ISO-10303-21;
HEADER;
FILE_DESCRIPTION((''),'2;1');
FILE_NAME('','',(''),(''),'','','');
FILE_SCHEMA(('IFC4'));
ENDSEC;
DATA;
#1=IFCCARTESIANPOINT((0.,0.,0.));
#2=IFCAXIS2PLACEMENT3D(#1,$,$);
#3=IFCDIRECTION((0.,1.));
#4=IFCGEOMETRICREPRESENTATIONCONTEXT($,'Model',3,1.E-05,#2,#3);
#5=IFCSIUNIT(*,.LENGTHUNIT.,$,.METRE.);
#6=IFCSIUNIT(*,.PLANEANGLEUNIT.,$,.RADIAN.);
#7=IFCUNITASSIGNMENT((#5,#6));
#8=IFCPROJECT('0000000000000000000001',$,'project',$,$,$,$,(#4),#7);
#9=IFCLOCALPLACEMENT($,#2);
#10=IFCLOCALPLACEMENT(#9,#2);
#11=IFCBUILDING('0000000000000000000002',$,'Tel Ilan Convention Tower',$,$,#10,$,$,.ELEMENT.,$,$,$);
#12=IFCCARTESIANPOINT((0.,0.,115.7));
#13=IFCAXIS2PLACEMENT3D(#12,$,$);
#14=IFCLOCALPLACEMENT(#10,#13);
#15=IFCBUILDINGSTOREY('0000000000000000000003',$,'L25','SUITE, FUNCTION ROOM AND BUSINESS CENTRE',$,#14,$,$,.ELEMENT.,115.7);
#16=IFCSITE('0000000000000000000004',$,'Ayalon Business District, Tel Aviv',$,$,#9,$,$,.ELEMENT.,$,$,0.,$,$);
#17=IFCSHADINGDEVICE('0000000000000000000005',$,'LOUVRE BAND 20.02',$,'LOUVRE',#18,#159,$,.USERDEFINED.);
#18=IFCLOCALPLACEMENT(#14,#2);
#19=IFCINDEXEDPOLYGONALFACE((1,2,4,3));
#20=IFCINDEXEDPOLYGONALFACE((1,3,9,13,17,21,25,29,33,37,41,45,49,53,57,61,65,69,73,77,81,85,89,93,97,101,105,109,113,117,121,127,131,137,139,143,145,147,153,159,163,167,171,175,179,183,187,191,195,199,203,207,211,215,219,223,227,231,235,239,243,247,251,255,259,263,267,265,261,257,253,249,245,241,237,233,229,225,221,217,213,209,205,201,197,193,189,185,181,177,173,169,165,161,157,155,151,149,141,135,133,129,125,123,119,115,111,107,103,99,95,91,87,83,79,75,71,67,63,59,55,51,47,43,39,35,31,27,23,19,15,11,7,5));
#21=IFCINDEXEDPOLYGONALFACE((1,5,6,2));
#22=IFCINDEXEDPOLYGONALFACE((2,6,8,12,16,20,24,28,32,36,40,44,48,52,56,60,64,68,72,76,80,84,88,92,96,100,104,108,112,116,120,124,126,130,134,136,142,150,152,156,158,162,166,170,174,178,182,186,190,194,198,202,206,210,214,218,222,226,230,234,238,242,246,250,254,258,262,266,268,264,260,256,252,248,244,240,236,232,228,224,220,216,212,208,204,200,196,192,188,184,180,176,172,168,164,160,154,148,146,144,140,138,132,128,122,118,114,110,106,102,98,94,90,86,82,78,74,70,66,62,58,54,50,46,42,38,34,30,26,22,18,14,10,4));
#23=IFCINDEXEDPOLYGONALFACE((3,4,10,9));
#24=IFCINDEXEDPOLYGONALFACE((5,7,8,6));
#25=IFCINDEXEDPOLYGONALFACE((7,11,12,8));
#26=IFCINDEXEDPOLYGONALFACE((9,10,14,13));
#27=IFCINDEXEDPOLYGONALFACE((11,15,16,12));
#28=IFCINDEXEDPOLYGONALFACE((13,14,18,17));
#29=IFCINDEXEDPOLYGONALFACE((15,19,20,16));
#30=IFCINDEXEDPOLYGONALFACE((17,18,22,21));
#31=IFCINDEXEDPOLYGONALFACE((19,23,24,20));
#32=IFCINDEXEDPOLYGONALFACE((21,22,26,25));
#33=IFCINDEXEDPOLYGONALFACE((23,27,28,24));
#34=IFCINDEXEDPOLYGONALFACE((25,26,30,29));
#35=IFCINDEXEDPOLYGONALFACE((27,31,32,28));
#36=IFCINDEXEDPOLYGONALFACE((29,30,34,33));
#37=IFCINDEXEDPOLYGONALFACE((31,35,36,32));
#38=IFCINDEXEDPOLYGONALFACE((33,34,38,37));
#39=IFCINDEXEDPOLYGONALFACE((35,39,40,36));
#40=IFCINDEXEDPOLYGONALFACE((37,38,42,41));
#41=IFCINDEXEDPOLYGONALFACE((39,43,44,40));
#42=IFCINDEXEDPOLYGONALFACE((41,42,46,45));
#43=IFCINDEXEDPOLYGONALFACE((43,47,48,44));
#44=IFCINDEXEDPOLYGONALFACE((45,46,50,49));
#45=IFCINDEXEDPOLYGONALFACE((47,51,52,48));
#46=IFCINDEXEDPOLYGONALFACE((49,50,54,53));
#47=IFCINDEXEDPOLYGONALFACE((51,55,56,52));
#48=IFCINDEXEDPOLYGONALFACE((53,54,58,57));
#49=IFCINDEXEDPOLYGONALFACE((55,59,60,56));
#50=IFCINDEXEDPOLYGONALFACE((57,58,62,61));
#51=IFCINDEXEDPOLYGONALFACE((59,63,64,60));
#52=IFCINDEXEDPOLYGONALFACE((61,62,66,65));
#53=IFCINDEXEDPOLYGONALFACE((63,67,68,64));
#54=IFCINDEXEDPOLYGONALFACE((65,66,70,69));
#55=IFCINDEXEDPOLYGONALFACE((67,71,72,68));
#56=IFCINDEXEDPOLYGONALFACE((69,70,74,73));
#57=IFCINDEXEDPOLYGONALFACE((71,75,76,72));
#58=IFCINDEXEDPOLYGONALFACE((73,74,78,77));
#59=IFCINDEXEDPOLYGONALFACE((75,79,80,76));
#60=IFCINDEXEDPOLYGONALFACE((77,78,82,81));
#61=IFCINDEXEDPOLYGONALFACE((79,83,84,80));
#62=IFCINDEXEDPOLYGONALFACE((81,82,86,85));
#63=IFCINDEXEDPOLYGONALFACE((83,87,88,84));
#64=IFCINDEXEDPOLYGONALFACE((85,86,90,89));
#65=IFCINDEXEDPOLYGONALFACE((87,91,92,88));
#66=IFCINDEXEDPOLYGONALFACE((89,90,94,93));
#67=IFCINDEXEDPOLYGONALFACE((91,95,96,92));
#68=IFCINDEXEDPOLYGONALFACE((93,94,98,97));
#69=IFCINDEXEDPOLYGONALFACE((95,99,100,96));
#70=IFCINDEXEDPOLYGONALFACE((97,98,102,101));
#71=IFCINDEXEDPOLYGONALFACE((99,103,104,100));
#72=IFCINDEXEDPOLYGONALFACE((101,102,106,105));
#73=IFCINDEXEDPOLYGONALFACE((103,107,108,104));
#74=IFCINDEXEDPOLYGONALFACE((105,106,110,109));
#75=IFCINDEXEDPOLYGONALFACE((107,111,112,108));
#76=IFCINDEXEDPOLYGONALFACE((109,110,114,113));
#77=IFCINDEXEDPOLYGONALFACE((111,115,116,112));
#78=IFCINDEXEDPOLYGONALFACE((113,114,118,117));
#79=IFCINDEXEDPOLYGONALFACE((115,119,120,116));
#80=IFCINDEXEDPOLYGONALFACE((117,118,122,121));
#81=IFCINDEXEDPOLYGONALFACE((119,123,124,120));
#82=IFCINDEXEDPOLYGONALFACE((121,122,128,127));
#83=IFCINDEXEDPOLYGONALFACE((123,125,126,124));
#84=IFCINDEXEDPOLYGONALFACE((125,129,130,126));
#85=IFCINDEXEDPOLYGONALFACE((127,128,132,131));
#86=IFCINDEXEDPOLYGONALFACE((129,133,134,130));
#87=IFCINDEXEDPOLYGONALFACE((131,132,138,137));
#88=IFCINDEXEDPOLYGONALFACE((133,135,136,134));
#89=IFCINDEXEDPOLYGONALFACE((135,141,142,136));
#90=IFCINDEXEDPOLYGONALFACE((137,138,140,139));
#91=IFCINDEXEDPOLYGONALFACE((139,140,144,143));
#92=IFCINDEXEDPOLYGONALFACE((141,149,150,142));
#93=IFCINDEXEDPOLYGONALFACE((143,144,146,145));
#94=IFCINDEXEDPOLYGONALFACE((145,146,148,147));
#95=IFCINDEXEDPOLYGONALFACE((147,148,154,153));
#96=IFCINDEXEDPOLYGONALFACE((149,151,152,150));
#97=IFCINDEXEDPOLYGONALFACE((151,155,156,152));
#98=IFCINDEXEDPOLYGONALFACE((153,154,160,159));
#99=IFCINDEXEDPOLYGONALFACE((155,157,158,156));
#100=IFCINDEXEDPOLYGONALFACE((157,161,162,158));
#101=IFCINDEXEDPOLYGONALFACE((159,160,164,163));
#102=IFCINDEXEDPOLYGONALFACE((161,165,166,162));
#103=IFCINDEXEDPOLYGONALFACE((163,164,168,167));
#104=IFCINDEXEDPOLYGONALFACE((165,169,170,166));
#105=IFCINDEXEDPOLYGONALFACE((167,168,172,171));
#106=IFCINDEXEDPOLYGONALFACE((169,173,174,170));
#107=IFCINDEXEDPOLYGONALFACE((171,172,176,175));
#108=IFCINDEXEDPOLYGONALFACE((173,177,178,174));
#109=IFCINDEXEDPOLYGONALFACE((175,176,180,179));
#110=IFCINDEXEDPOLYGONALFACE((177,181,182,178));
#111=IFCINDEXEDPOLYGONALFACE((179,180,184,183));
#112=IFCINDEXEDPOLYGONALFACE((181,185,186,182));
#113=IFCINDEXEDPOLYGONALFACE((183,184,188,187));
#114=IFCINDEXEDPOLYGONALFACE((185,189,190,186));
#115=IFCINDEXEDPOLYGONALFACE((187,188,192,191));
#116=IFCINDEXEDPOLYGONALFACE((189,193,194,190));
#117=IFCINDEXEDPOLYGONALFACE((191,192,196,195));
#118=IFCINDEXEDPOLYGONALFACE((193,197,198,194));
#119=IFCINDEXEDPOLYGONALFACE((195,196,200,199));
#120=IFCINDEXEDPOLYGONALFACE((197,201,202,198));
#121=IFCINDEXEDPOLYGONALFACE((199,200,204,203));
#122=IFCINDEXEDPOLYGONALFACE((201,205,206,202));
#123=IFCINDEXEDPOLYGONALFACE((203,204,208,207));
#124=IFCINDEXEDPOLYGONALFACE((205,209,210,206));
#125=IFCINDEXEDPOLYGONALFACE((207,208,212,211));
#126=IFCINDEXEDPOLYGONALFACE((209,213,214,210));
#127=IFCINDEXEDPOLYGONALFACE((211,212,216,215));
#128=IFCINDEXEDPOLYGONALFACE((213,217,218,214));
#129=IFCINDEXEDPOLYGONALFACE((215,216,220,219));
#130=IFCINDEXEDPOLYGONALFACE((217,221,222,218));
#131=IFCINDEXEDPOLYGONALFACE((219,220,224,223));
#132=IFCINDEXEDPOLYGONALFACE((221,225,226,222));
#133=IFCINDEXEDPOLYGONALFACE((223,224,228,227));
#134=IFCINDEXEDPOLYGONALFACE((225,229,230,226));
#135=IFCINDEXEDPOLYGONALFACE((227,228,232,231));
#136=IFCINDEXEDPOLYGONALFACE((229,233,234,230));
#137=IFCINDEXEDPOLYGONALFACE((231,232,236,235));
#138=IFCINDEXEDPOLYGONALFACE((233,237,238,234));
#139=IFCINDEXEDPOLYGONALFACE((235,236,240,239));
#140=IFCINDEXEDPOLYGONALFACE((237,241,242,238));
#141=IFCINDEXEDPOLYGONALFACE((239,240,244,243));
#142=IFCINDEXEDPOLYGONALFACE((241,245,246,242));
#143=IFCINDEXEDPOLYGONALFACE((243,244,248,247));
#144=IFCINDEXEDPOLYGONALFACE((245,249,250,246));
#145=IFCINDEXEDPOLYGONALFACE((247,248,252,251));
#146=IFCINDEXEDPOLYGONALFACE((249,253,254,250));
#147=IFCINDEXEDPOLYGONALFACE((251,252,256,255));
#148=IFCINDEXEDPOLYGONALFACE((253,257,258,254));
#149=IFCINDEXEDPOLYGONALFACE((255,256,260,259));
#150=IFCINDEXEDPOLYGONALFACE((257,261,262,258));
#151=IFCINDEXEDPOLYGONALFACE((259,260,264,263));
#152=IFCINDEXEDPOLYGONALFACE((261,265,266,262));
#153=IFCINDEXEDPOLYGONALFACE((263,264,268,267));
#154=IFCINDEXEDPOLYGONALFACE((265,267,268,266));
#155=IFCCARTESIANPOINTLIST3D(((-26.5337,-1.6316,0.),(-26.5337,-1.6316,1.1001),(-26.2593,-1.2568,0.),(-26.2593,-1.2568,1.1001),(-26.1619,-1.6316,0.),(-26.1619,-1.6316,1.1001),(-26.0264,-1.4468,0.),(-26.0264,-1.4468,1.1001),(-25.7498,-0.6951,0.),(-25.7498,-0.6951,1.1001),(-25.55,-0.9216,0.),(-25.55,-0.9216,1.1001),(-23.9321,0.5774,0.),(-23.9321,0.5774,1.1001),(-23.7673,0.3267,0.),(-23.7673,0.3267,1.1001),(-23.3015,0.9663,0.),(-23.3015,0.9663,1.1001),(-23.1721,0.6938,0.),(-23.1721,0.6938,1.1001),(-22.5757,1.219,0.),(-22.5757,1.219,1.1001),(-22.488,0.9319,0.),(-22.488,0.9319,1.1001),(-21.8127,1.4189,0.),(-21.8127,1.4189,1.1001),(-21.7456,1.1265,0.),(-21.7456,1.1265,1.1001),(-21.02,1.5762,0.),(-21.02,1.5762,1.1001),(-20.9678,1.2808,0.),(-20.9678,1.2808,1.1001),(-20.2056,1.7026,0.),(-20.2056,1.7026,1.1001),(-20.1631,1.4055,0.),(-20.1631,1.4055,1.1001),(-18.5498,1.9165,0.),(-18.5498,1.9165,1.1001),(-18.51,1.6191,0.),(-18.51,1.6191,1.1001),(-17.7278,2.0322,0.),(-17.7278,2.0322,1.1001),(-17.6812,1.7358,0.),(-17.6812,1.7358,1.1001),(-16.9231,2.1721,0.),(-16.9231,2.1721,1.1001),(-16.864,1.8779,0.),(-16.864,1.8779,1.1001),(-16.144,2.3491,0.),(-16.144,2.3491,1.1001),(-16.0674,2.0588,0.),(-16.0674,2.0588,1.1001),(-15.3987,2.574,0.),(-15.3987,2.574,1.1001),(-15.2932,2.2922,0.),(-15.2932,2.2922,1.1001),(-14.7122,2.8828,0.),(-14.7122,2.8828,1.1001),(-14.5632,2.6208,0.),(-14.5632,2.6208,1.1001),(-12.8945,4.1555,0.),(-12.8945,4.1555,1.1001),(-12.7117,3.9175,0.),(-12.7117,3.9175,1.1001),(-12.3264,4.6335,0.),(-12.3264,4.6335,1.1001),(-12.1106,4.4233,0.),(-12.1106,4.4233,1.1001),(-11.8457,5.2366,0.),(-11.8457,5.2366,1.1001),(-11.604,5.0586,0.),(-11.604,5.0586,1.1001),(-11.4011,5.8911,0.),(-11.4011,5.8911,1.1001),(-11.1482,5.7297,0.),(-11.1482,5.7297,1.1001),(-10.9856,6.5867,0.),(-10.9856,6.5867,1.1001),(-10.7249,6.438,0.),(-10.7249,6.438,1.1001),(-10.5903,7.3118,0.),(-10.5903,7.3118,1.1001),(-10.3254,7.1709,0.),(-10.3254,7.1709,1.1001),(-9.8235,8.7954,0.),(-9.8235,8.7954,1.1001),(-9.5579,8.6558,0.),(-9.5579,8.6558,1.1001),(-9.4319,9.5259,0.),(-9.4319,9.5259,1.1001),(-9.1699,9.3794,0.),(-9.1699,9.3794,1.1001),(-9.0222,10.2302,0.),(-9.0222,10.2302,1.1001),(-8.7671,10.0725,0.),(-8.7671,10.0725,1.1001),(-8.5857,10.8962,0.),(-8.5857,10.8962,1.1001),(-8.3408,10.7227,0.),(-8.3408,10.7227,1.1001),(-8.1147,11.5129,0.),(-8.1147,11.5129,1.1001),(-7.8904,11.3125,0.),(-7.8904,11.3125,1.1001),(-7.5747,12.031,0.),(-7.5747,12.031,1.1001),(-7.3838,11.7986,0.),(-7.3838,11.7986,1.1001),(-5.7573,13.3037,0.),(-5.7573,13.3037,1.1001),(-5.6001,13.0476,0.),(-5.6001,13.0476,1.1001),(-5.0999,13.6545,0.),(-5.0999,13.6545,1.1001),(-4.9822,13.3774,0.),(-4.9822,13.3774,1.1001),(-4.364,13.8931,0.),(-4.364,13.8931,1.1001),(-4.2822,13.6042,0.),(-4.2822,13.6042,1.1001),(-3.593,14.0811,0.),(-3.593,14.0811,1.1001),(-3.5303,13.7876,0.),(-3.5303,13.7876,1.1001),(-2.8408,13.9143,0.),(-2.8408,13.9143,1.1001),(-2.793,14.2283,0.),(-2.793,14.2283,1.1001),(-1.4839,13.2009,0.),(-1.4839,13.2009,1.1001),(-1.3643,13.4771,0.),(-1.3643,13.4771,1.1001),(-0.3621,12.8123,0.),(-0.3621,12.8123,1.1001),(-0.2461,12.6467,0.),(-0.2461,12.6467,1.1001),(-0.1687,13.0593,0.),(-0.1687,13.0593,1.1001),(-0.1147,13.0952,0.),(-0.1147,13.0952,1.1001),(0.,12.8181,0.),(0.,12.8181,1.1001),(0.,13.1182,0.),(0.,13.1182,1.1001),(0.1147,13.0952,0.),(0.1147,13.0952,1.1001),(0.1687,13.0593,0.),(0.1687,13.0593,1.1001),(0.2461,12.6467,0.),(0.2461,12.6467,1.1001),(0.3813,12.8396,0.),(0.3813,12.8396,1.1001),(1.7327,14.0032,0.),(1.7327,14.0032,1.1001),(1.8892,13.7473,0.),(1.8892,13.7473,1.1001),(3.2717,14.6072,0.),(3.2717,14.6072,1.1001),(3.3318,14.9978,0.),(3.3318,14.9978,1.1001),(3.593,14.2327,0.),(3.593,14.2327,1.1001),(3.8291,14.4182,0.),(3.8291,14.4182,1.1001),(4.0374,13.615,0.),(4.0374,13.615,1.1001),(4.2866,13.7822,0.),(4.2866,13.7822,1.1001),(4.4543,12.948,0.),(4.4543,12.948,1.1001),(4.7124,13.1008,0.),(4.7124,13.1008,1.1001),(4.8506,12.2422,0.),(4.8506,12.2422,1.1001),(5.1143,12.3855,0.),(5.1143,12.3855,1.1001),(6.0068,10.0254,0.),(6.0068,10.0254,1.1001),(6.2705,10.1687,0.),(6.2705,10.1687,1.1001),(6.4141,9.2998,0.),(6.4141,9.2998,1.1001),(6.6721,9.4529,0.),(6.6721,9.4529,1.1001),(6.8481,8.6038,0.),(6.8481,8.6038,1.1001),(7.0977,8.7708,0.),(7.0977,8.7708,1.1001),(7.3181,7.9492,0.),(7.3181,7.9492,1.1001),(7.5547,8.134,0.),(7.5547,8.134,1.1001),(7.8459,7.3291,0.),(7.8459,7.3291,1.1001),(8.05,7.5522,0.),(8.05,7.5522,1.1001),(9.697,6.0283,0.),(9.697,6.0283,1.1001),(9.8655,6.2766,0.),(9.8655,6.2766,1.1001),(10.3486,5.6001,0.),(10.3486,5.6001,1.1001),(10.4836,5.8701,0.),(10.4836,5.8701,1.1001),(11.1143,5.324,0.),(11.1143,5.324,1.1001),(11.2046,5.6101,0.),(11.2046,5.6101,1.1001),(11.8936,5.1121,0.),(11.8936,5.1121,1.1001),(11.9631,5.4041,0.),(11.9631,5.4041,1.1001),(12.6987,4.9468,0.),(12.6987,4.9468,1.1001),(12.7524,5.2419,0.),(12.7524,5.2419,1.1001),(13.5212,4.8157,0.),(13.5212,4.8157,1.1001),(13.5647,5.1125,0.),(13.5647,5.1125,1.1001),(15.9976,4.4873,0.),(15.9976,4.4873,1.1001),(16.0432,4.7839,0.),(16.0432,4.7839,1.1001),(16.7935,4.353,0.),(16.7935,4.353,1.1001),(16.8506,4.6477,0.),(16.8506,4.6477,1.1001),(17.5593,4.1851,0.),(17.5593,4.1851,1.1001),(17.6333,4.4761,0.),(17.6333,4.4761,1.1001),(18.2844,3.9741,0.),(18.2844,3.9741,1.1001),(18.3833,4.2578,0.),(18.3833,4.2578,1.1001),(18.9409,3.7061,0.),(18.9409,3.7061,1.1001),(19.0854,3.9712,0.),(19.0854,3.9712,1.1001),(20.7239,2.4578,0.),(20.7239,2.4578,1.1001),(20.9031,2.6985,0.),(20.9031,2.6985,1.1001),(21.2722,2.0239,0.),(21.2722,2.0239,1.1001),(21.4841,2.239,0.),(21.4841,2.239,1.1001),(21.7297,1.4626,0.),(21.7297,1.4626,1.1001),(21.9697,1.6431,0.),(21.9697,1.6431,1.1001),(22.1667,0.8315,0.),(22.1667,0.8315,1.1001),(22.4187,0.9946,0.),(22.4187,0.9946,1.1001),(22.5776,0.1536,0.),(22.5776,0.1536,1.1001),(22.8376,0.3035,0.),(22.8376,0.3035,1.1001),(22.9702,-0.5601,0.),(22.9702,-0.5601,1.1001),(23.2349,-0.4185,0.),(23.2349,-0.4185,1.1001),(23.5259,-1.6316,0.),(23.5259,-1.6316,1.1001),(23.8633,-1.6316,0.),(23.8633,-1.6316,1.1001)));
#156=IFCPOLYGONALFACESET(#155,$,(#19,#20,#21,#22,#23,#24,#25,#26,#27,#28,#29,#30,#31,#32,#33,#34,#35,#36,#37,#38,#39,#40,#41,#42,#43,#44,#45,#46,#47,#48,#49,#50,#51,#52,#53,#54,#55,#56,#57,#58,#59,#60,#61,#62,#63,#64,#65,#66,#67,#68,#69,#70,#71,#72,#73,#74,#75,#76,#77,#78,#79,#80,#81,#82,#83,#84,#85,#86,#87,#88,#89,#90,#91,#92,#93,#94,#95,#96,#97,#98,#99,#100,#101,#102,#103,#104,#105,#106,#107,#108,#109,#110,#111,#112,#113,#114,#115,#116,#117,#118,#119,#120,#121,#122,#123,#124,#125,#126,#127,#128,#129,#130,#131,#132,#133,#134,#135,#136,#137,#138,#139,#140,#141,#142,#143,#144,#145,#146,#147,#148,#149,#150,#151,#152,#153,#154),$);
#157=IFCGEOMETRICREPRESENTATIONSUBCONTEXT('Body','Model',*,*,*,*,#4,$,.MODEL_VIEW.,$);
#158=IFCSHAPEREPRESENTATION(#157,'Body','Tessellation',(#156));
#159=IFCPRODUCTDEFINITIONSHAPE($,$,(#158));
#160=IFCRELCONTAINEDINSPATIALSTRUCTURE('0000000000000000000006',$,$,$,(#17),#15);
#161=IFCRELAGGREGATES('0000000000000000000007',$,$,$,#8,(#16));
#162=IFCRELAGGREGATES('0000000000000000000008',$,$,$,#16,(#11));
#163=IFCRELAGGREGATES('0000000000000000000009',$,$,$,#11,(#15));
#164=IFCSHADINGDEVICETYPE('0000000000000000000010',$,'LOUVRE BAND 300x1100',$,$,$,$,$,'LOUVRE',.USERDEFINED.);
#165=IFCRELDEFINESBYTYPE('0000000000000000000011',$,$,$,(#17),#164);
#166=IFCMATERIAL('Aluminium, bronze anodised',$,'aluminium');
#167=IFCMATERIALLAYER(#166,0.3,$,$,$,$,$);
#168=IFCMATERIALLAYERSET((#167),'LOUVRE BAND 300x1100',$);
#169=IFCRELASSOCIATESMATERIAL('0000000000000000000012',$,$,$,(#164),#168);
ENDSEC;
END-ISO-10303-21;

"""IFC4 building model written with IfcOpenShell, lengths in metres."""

from ifc_helpers import new_model, si_unit, direction, frame, origin, place, context, subcontext, project, spatial, polyline, outline, extrude, material, layer, layer_set, type_object, element, save


model = new_model("IFC4")

# Units and contexts
model_context = context("Model", 3, precision=1e-05, world=origin(), true_north=direction((0.0, 1.0)))
body_context = subcontext(model_context, "Body", "Model", "MODEL_VIEW")
ifc_project = project(units=[si_unit("LENGTHUNIT", "METRE"), si_unit("PLANEANGLEUNIT", "RADIAN")], contexts=[model_context])

# Site, building, storey
site_placement = place(None, origin())
site = spatial("IfcSite", under=ifc_project, at=site_placement, Name="Ayalon Business District, Tel Aviv", CompositionType="ELEMENT", RefElevation=0.0)
building_placement = place(site_placement, origin())
building = spatial("IfcBuilding", under=site, at=building_placement, Name="Tel Ilan Convention Tower", CompositionType="ELEMENT")
storey_placement = place(building_placement, frame((0.0, 0.0, 115.7)))
storey = spatial("IfcBuildingStorey", under=building, at=storey_placement, Name="L25", Description="SUITE, FUNCTION ROOM AND BUSINESS CENTRE", CompositionType="ELEMENT", Elevation=115.7)

# Shading device
ifc_material_1 = material(Name="Aluminium, bronze anodised", Category="aluminium")
ifc_layer_1 = layer(ifc_material_1, 0.3)
ifc_layer_set_1 = layer_set([ifc_layer_1], Name="LOUVRE BAND 300x1100")
shading_device_type_1 = type_object("IfcShadingDeviceType", Name="LOUVRE BAND 300x1100", ElementType="LOUVRE", PredefinedType="USERDEFINED", material=ifc_layer_set_1)
shading_device_1_placement = place(storey_placement, origin())
element("IfcShadingDevice", 1, at=shading_device_1_placement, inside=storey, type_object=shading_device_type_1, Name="LOUVRE BAND 20.02", ObjectType="LOUVRE", PredefinedType="USERDEFINED", context=body_context, shape_type="SweptSolid", body=[
    extrude(outline(polyline([(-26.2593, -1.2568), (-26.5337, -1.6316), (-26.1619, -1.6316), (-26.0264, -1.4468), (-25.55, -0.9216), (-23.7673, 0.3267), (-23.1721, 0.6938), (-22.488, 0.9319), (-21.7456, 1.1265), (-20.9678, 1.2808), (-20.1631, 1.4055), (-18.51, 1.6191), (-17.6812, 1.7358), (-16.864, 1.8779), (-16.0674, 2.0588), (-15.2932, 2.2922), (-14.5632, 2.6208), (-12.7117, 3.9175), (-12.1106, 4.4233), (-11.604, 5.0586), (-11.1482, 5.7297), (-10.7249, 6.438), (-10.3254, 7.1709), (-9.5579, 8.6558), (-9.1699, 9.3794), (-8.7671, 10.0725), (-8.3408, 10.7227), (-7.8904, 11.3125), (-7.3838, 11.7986), (-5.6001, 13.0476), (-4.9822, 13.3774), (-4.2822, 13.6042), (-3.5303, 13.7876), (-2.8408, 13.9143), (-1.4839, 13.2009), (-0.3621, 12.8123), (-0.2461, 12.6467), (0.0, 12.8181), (0.2461, 12.6467), (0.3813, 12.8396), (1.8892, 13.7473), (3.2717, 14.6072), (3.593, 14.2327), (4.0374, 13.615), (4.4543, 12.948), (4.8506, 12.2422), (6.0068, 10.0254), (6.4141, 9.2998), (6.8481, 8.6038), (7.3181, 7.9492), (7.8459, 7.3291), (9.697, 6.0283), (10.3486, 5.6001), (11.1143, 5.324), (11.8936, 5.1121), (12.6987, 4.9468), (13.5212, 4.8157), (15.9976, 4.4873), (16.7935, 4.353), (17.5593, 4.1851), (18.2844, 3.9741), (18.9409, 3.7061), (20.7239, 2.4578), (21.2722, 2.0239), (21.7297, 1.4626), (22.1667, 0.8315), (22.5776, 0.1536), (22.9702, -0.5601), (23.5259, -1.6316), (23.8633, -1.6316), (23.2349, -0.4185), (22.8376, 0.3035), (22.4187, 0.9946), (21.9697, 1.6431), (21.4841, 2.239), (20.9031, 2.6985), (19.0854, 3.9712), (18.3833, 4.2578), (17.6333, 4.4761), (16.8506, 4.6477), (16.0432, 4.7839), (13.5647, 5.1125), (12.7524, 5.2419), (11.9631, 5.4041), (11.2046, 5.6101), (10.4836, 5.8701), (9.8655, 6.2766), (8.05, 7.5522), (7.5547, 8.134), (7.0977, 8.7708), (6.6721, 9.4529), (6.2705, 10.1687), (5.1143, 12.3855), (4.7124, 13.1008), (4.2866, 13.7822), (3.8291, 14.4182), (3.3318, 14.9978), (1.7327, 14.0032), (0.1687, 13.0593), (0.1147, 13.0952), (0.0, 13.1182), (-0.1147, 13.0952), (-0.1687, 13.0593), (-1.3643, 13.4771), (-2.793, 14.2283), (-3.593, 14.0811), (-4.364, 13.8931), (-5.0999, 13.6545), (-5.7573, 13.3037), (-7.5747, 12.031), (-8.1147, 11.5129), (-8.5857, 10.8962), (-9.0222, 10.2302), (-9.4319, 9.5259), (-9.8235, 8.7954), (-10.5903, 7.3118), (-10.9856, 6.5867), (-11.4011, 5.8911), (-11.8457, 5.2366), (-12.3264, 4.6335), (-12.8945, 4.1555), (-14.7122, 2.8828), (-15.3987, 2.574), (-16.144, 2.3491), (-16.9231, 2.1721), (-17.7278, 2.0322), (-18.5498, 1.9165), (-20.2056, 1.7026), (-21.02, 1.5762), (-21.8127, 1.4189), (-22.5757, 1.219), (-23.3015, 0.9663), (-23.9321, 0.5774), (-25.7498, -0.6951), (-26.2593, -1.2568)])), origin(), (0.0, 0.0, 1.0), 1.1001),
])

save(model, "model.ifc")
